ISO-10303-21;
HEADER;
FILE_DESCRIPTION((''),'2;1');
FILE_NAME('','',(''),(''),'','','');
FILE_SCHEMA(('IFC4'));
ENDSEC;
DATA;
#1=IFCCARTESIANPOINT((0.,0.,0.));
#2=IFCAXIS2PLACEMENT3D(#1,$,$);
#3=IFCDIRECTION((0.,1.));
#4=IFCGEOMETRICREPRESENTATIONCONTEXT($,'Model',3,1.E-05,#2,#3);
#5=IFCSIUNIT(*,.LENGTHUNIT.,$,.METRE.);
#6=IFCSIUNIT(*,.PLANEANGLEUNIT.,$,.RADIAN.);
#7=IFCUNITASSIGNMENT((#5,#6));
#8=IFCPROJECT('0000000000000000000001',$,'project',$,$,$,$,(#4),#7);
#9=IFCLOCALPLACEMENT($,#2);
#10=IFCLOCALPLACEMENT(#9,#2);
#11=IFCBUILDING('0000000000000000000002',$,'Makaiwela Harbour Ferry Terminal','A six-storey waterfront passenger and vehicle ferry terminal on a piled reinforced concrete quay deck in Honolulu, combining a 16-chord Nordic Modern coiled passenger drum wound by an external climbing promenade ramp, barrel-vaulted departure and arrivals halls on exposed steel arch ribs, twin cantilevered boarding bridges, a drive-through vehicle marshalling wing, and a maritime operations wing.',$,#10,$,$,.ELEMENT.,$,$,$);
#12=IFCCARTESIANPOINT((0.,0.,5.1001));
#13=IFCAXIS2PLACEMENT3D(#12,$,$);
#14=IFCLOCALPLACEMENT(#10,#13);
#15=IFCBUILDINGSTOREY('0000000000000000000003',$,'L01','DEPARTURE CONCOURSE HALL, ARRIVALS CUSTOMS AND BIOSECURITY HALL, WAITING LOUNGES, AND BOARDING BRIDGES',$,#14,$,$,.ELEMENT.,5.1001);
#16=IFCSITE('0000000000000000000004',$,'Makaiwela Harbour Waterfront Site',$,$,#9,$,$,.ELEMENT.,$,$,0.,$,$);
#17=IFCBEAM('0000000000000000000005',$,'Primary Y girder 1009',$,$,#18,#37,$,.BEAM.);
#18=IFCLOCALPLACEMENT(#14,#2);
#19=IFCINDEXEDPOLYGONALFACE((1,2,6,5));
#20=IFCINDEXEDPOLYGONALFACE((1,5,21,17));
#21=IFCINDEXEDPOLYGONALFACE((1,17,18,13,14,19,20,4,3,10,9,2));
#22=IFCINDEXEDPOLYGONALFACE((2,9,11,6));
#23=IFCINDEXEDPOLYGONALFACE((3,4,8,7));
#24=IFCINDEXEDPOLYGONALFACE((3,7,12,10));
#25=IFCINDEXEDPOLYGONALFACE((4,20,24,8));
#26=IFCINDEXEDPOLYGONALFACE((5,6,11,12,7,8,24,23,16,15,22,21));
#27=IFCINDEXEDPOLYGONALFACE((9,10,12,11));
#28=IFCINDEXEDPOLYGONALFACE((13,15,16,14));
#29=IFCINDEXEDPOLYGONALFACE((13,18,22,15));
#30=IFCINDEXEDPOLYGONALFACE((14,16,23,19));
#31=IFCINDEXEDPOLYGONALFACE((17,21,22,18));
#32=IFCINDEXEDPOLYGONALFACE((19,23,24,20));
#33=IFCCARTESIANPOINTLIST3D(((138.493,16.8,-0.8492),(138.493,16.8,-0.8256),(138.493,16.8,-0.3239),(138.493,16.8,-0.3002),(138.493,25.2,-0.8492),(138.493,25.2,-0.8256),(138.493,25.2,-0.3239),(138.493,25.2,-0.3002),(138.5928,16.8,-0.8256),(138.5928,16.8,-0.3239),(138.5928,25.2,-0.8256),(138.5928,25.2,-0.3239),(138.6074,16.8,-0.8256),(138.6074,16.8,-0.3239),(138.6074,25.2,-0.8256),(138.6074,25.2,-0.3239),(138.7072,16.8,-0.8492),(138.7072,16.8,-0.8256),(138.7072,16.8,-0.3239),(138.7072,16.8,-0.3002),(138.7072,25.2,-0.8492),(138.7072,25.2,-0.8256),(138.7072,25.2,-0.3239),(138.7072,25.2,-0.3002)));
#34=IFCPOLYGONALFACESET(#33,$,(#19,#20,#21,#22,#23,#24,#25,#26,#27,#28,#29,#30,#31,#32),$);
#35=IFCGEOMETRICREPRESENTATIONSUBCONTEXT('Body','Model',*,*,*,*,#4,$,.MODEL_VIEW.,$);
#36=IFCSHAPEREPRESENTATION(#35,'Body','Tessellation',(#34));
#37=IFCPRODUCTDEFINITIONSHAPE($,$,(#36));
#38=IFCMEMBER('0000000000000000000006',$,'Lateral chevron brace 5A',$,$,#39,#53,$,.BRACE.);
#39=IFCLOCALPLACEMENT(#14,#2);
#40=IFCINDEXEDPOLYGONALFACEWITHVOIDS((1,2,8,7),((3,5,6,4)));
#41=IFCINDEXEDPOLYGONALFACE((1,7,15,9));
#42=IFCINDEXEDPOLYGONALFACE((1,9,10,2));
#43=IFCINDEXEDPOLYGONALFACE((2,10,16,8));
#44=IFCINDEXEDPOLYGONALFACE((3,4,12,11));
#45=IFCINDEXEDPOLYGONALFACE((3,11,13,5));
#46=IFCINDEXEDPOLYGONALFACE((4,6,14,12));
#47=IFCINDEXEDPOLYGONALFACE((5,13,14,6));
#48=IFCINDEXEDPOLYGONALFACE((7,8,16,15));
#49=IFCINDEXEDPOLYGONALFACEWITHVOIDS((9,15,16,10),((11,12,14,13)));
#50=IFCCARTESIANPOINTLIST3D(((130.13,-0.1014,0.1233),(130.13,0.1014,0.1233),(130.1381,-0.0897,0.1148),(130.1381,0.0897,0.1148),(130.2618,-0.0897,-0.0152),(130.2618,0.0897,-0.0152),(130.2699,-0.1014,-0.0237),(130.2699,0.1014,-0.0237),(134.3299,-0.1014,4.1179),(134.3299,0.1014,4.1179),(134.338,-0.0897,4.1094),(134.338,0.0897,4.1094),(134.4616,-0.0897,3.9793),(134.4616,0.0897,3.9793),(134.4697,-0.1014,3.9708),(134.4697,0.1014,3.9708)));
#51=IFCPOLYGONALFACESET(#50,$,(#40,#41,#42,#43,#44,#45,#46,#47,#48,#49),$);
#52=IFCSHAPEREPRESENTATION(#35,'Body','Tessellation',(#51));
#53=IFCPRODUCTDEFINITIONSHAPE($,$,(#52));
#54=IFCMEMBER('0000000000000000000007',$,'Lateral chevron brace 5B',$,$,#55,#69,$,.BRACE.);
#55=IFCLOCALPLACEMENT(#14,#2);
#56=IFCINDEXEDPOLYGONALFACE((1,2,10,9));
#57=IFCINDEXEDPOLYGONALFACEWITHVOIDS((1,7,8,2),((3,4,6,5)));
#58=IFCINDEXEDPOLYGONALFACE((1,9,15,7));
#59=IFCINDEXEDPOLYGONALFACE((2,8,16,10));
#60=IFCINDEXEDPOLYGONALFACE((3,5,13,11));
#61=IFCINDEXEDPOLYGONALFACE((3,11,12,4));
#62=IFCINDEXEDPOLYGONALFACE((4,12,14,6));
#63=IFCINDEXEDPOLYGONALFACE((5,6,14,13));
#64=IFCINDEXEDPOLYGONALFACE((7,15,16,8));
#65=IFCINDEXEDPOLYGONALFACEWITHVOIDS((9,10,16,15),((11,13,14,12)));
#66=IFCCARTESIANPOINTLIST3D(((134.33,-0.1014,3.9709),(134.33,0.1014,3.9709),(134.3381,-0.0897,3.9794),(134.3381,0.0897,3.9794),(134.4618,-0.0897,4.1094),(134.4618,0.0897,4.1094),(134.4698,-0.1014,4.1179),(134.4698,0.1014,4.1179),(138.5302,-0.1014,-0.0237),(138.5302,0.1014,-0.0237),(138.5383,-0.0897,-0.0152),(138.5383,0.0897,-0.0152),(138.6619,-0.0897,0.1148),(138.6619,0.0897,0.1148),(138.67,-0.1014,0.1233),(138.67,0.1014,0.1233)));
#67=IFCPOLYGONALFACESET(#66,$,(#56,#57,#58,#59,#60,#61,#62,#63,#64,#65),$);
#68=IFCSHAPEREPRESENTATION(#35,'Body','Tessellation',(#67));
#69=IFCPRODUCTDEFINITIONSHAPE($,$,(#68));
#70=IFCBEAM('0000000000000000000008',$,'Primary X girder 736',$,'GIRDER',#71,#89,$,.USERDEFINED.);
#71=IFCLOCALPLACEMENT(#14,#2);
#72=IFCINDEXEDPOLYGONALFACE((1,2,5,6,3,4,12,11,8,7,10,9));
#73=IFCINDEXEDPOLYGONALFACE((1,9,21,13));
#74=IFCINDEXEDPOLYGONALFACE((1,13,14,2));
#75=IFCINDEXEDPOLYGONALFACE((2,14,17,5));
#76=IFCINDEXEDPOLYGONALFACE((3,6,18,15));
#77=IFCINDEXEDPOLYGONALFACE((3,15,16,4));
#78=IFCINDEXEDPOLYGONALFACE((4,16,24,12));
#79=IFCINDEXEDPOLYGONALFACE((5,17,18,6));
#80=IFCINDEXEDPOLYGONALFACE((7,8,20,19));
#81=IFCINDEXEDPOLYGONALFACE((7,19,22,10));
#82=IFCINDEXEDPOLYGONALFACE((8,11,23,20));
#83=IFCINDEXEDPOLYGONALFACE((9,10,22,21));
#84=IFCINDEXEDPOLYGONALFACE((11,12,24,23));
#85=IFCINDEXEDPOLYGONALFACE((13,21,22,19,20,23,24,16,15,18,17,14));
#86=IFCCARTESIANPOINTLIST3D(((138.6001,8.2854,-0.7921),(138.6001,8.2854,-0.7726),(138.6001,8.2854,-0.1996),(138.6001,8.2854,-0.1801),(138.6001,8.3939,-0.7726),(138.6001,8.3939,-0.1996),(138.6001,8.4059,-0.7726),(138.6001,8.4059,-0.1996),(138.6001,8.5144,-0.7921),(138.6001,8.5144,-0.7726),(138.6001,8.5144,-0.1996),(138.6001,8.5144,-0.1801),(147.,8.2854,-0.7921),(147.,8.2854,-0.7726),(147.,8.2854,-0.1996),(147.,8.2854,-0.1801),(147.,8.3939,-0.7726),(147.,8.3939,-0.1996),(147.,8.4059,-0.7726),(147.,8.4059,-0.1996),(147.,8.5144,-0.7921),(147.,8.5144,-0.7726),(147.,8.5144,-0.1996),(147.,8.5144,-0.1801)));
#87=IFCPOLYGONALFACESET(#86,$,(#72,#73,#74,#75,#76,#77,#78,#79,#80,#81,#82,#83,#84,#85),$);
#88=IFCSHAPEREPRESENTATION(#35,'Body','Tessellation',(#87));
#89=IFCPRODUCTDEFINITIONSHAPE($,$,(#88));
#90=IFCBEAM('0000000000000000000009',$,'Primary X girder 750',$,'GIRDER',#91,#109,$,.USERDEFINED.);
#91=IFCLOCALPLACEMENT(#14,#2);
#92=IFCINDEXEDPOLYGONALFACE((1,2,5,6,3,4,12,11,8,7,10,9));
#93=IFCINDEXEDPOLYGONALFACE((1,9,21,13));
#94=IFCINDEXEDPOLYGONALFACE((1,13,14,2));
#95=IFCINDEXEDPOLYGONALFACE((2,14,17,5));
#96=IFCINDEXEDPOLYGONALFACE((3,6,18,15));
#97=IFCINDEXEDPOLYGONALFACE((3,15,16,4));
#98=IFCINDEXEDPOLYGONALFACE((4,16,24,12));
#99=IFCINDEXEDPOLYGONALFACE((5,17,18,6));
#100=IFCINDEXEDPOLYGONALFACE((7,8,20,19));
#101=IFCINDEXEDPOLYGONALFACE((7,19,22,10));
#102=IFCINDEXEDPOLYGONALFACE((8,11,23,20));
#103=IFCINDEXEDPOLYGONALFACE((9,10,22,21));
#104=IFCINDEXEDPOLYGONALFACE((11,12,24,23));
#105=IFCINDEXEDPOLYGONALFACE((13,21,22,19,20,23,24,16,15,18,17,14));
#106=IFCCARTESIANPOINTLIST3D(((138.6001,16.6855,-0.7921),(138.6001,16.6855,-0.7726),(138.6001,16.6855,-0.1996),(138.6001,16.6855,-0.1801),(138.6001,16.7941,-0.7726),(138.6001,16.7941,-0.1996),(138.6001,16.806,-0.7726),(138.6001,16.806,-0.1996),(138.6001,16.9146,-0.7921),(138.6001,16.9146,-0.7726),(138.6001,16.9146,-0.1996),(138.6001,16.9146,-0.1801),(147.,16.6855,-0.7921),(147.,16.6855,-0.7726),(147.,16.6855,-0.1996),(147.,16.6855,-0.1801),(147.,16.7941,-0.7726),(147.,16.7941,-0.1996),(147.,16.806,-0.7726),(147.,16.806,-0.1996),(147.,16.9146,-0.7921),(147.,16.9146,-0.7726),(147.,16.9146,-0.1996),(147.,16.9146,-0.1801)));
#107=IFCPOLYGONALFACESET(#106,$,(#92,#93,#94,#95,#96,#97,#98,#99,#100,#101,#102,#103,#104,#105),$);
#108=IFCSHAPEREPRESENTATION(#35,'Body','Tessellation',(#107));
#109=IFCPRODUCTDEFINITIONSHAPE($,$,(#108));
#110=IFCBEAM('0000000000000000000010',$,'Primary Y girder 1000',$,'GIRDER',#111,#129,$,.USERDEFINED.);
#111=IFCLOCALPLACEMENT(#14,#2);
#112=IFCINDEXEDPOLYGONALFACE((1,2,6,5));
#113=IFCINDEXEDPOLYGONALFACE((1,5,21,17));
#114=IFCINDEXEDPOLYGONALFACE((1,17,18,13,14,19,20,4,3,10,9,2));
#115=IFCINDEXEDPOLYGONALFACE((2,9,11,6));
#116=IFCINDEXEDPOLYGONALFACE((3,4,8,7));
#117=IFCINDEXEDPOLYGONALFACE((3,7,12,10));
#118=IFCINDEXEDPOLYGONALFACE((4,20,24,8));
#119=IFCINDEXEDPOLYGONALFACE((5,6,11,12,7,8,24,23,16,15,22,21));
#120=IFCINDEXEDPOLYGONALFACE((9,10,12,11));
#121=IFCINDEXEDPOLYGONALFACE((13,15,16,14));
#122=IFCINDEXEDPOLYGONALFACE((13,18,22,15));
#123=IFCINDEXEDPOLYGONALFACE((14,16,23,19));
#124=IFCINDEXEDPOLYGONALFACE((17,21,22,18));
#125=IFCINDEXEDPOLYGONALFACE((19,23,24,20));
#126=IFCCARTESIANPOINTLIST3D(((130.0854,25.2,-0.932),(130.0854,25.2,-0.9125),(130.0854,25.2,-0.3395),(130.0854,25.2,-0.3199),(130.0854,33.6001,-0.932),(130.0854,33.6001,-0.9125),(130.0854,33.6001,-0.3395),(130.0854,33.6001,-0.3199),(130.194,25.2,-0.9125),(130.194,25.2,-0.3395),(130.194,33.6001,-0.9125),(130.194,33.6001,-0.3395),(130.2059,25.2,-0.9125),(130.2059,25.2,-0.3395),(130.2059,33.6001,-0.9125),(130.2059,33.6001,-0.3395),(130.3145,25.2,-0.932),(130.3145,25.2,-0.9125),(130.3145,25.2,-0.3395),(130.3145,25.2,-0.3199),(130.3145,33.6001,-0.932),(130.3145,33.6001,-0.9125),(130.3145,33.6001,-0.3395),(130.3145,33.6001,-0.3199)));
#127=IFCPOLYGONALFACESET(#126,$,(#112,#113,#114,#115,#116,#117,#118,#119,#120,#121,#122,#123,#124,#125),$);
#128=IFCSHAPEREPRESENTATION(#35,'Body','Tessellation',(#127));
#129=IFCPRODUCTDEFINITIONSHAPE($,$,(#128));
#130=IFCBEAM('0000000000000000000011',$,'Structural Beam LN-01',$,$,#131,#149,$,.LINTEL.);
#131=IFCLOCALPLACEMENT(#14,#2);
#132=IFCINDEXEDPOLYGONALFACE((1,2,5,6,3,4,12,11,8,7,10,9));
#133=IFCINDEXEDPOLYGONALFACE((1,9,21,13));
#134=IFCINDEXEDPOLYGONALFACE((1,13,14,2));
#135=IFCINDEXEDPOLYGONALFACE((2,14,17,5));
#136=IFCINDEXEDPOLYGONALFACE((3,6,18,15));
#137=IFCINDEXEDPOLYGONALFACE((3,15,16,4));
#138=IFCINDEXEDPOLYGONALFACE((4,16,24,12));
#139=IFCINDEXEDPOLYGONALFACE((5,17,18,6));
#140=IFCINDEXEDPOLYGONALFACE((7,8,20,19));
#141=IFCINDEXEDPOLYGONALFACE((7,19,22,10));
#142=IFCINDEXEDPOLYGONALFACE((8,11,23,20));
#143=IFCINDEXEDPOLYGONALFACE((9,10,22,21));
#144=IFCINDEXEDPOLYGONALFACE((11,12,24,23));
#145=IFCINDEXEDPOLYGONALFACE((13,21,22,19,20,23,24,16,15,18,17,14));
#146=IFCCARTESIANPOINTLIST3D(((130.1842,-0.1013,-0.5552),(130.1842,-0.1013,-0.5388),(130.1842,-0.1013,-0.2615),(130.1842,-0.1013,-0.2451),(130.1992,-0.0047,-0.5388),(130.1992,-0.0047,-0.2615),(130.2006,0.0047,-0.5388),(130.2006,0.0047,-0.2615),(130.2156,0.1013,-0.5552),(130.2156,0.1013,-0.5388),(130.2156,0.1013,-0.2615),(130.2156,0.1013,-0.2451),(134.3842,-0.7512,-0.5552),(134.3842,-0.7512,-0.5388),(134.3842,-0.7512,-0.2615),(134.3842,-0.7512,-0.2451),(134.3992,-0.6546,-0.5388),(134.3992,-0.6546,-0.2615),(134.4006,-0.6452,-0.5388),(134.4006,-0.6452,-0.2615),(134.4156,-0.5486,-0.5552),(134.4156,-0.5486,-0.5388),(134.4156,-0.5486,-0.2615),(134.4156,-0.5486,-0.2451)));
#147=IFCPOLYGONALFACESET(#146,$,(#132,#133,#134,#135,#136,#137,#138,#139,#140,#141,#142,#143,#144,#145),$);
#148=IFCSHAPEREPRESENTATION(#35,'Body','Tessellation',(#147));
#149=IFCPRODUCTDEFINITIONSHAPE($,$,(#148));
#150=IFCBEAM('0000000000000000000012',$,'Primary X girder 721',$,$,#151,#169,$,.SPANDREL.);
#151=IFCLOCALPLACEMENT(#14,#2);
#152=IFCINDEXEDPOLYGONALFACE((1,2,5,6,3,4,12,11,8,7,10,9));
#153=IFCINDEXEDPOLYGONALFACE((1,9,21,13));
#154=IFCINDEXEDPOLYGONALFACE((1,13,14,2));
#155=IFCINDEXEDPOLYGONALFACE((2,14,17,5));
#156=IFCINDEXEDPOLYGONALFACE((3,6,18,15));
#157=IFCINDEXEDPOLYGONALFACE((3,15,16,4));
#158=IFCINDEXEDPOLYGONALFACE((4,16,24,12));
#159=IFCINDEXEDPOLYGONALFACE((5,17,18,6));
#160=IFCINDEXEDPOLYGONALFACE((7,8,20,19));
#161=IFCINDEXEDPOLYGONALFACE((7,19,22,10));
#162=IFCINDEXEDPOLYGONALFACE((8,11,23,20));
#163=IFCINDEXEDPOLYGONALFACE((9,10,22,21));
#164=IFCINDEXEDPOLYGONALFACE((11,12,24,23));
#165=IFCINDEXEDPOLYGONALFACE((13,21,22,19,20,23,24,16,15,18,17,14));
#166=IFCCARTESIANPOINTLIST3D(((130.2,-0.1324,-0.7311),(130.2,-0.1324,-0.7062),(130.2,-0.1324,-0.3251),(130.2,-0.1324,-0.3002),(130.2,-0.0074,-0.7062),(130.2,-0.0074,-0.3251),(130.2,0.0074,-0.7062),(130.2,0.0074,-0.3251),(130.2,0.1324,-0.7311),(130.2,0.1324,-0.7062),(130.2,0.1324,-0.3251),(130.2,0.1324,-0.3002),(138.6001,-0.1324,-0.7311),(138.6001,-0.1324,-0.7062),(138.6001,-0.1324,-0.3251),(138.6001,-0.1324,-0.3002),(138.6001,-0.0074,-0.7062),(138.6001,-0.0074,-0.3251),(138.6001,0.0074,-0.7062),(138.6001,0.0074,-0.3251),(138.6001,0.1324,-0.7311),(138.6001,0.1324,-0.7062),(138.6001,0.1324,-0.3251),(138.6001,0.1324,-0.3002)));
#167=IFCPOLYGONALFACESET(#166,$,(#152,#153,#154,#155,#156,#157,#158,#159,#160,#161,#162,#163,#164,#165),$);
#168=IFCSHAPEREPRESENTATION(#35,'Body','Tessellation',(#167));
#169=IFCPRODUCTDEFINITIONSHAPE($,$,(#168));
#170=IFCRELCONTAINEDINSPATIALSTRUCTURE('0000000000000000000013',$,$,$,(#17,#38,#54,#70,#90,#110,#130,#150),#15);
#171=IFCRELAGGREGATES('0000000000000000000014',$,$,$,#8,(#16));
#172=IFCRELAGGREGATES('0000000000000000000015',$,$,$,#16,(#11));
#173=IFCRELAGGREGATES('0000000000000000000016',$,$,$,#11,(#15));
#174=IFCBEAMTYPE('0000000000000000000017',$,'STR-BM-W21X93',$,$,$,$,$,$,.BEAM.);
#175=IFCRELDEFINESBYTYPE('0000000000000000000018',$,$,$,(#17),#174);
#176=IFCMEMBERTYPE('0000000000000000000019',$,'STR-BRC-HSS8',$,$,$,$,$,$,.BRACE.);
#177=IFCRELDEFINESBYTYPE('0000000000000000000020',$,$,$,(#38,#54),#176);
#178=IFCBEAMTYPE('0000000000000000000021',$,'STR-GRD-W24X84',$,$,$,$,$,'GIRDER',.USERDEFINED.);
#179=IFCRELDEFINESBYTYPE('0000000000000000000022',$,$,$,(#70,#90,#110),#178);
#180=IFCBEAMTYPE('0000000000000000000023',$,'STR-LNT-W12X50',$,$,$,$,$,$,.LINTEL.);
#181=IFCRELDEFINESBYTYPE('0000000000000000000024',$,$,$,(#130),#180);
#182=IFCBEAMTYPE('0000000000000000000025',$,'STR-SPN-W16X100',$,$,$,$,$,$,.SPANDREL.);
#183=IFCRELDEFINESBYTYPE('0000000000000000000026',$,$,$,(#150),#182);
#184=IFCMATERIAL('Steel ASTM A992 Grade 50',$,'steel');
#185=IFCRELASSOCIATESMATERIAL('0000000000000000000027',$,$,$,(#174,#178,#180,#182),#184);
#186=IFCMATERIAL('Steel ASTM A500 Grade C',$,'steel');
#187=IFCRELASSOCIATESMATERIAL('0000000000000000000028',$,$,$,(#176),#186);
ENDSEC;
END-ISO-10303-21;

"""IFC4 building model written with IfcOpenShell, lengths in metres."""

from ifc_helpers import new_model, si_unit, direction, frame, origin, origin_2d, place, context, subcontext, project, spatial, hollow_rectangle, i_section, extrude, material, material_profile, profile_set, type_object, element, save


model = new_model("IFC4")

# Units and contexts
model_context = context("Model", 3, precision=1e-05, world=origin(), true_north=direction((0.0, 1.0)))
body_context = subcontext(model_context, "Body", "Model", "MODEL_VIEW")
ifc_project = project(units=[si_unit("LENGTHUNIT", "METRE"), si_unit("PLANEANGLEUNIT", "RADIAN")], contexts=[model_context])

# Site, building, storey
site_placement = place(None, origin())
site = spatial("IfcSite", under=ifc_project, at=site_placement, Name="Makaiwela Harbour Waterfront Site", CompositionType="ELEMENT", RefElevation=0.0)
building_placement = place(site_placement, origin())
building = spatial("IfcBuilding", under=site, at=building_placement, Name="Makaiwela Harbour Ferry Terminal", Description="A six-storey waterfront passenger and vehicle ferry terminal on a piled reinforced concrete quay deck in Honolulu, combining a 16-chord Nordic Modern coiled passenger drum wound by an external climbing promenade ramp, barrel-vaulted departure and arrivals halls on exposed steel arch ribs, twin cantilevered boarding bridges, a drive-through vehicle marshalling wing, and a maritime operations wing.", CompositionType="ELEMENT")
storey_placement = place(building_placement, frame((0.0, 0.0, 5.1001)))
storey = spatial("IfcBuildingStorey", under=building, at=storey_placement, Name="L01", Description="DEPARTURE CONCOURSE HALL, ARRIVALS CUSTOMS AND BIOSECURITY HALL, WAITING LOUNGES, AND BOARDING BRIDGES", CompositionType="ELEMENT", Elevation=5.1001)

# Shared definitions
ifc_material_1 = material(Name="Steel ASTM A500 Grade C", Category="steel")
ifc_material_2 = material(Name="Steel ASTM A992 Grade 50", Category="steel")

# Beam
ifc_material_profile_1 = material_profile(ifc_material_2, i_section(OverallWidth=0.2141, OverallDepth=0.5491, WebThickness=0.0146, FlangeThickness=0.0237, at=origin_2d()), Name="W21X93")
ifc_profile_set_1 = profile_set([ifc_material_profile_1], Name="Steel ASTM A992 Grade 50")
beam_type_1 = type_object("IfcBeamType", Name="STR-BM-W21X93", PredefinedType="BEAM", material=ifc_profile_set_1)
beam_1_placement = place(storey_placement, frame((138.6001, 16.8, -0.5747), z_axis=(0.0, 1.0, 0.0), x_axis=(-1.0, 0.0, 0.0)))
element("IfcBeam", 1, at=beam_1_placement, inside=storey, type_object=beam_type_1, Name="Primary Y girder 1009", PredefinedType="BEAM", context=body_context, shape_type="SweptSolid", body=[
    extrude(i_section(OverallWidth=0.2141, OverallDepth=0.5491, WebThickness=0.0146, FlangeThickness=0.0237, at=origin_2d()), origin(), (0.0, 0.0, 1.0), 8.3999),
])

# Members
ifc_material_profile_2 = material_profile(ifc_material_1, hollow_rectangle(XDim=0.2029, YDim=0.2029, WallThickness=0.0117, at=origin_2d()), Name="HSS8X8X1/2")
ifc_profile_set_2 = profile_set([ifc_material_profile_2], Name="Steel ASTM A500 Grade C")
member_type = type_object("IfcMemberType", Name="STR-BRC-HSS8", PredefinedType="BRACE", material=ifc_profile_set_2)
member_1_placement = place(storey_placement, frame((130.2, 0.0, 0.0498), z_axis=(0.724597, 0.0, 0.689173), x_axis=(0.0, 1.0, 0.0)))
element("IfcMember", 2, at=member_1_placement, inside=storey, type_object=member_type, Name="Lateral chevron brace 5A", PredefinedType="BRACE", context=body_context, shape_type="SweptSolid", body=[
    extrude(hollow_rectangle(XDim=0.2029, YDim=0.2029, WallThickness=0.0117, at=origin_2d()), origin(), (0.0, 0.0, 1.0), 5.7961),
])
member_2_placement = place(storey_placement, frame((138.6001, 0.0, 0.0498), z_axis=(-0.724617, 0.0, 0.689152), x_axis=(0.0, -1.0, 0.0)))
element("IfcMember", 3, at=member_2_placement, inside=storey, type_object=member_type, Name="Lateral chevron brace 5B", PredefinedType="BRACE", context=body_context, shape_type="SweptSolid", body=[
    extrude(hollow_rectangle(XDim=0.2029, YDim=0.2029, WallThickness=0.0117, at=origin_2d()), origin(), (0.0, 0.0, 1.0), 5.7964),
])

# Beams
ifc_material_profile_3 = material_profile(ifc_material_2, i_section(OverallWidth=0.229, OverallDepth=0.6121, WebThickness=0.012, FlangeThickness=0.0195, at=origin_2d()), Name="W24X84")
ifc_profile_set_3 = profile_set([ifc_material_profile_3], Name="Steel ASTM A992 Grade 50")
beam_type_2 = type_object("IfcBeamType", Name="STR-GRD-W24X84", ElementType="GIRDER", PredefinedType="USERDEFINED", material=ifc_profile_set_3)
for number, where, z_axis, x_axis, name in (
    (4, (138.6001, 8.3999, -0.4861), (1.0, 0.0, 0.0), (0.0, 1.0, 0.0), "Primary X girder 736"),
    (5, (138.6001, 16.8, -0.4861), (1.0, 0.0, 0.0), (0.0, 1.0, 0.0), "Primary X girder 750"),
):
    element("IfcBeam", number, at=place(storey_placement, frame(where, z_axis=z_axis, x_axis=x_axis)), inside=storey, type_object=beam_type_2, Name=name, ObjectType="GIRDER", PredefinedType="USERDEFINED", context=body_context, shape_type="SweptSolid", body=[
        extrude(i_section(OverallWidth=0.229, OverallDepth=0.6121, WebThickness=0.012, FlangeThickness=0.0195, at=origin_2d()), origin(), (0.0, 0.0, 1.0), 8.3999),
    ])
beam_2_placement = place(storey_placement, frame((130.2, 25.2, -0.626), z_axis=(0.0, 1.0, 0.0), x_axis=(-1.0, 0.0, 0.0)))
element("IfcBeam", 6, at=beam_2_placement, inside=storey, type_object=beam_type_2, Name="Primary Y girder 1000", ObjectType="GIRDER", PredefinedType="USERDEFINED", context=body_context, shape_type="SweptSolid", body=[
    extrude(i_section(OverallWidth=0.229, OverallDepth=0.6121, WebThickness=0.012, FlangeThickness=0.0195, at=origin_2d()), origin(), (0.0, 0.0, 1.0), 8.4001),
])
ifc_material_profile_4 = material_profile(ifc_material_2, i_section(OverallWidth=0.2051, OverallDepth=0.3101, WebThickness=0.0095, FlangeThickness=0.0164, at=origin_2d()), Name="W12X50")
ifc_profile_set_4 = profile_set([ifc_material_profile_4], Name="Steel ASTM A992 Grade 50")
beam_type_3 = type_object("IfcBeamType", Name="STR-LNT-W12X50", PredefinedType="LINTEL", material=ifc_profile_set_4)
beam_3_placement = place(storey_placement, frame((134.3999, -0.6499, -0.4001), z_axis=(-0.988238, 0.15292, 0.0), x_axis=(-0.15292, -0.988238, 0.0)))
element("IfcBeam", 7, at=beam_3_placement, inside=storey, type_object=beam_type_3, Name="Structural Beam LN-01", PredefinedType="LINTEL", context=body_context, shape_type="SweptSolid", body=[
    extrude(i_section(OverallWidth=0.2051, OverallDepth=0.3101, WebThickness=0.0095, FlangeThickness=0.0164, at=origin_2d()), origin(), (0.0, 0.0, 1.0), 4.25),
])
ifc_material_profile_5 = material_profile(ifc_material_2, i_section(OverallWidth=0.2649, OverallDepth=0.4309, WebThickness=0.0149, FlangeThickness=0.0249, at=origin_2d()), Name="W16X100")
ifc_profile_set_5 = profile_set([ifc_material_profile_5], Name="Steel ASTM A992 Grade 50")
beam_type_4 = type_object("IfcBeamType", Name="STR-SPN-W16X100", PredefinedType="SPANDREL", material=ifc_profile_set_5)
beam_4_placement = place(storey_placement, frame((130.2, 0.0, -0.5156), z_axis=(1.0, 0.0, 0.0), x_axis=(0.0, 1.0, 0.0)))
element("IfcBeam", 8, at=beam_4_placement, inside=storey, type_object=beam_type_4, Name="Primary X girder 721", PredefinedType="SPANDREL", context=body_context, shape_type="SweptSolid", body=[
    extrude(i_section(OverallWidth=0.2649, OverallDepth=0.4309, WebThickness=0.0149, FlangeThickness=0.0249, at=origin_2d()), origin(), (0.0, 0.0, 1.0), 8.4001),
])

save(model, "model.ifc")
